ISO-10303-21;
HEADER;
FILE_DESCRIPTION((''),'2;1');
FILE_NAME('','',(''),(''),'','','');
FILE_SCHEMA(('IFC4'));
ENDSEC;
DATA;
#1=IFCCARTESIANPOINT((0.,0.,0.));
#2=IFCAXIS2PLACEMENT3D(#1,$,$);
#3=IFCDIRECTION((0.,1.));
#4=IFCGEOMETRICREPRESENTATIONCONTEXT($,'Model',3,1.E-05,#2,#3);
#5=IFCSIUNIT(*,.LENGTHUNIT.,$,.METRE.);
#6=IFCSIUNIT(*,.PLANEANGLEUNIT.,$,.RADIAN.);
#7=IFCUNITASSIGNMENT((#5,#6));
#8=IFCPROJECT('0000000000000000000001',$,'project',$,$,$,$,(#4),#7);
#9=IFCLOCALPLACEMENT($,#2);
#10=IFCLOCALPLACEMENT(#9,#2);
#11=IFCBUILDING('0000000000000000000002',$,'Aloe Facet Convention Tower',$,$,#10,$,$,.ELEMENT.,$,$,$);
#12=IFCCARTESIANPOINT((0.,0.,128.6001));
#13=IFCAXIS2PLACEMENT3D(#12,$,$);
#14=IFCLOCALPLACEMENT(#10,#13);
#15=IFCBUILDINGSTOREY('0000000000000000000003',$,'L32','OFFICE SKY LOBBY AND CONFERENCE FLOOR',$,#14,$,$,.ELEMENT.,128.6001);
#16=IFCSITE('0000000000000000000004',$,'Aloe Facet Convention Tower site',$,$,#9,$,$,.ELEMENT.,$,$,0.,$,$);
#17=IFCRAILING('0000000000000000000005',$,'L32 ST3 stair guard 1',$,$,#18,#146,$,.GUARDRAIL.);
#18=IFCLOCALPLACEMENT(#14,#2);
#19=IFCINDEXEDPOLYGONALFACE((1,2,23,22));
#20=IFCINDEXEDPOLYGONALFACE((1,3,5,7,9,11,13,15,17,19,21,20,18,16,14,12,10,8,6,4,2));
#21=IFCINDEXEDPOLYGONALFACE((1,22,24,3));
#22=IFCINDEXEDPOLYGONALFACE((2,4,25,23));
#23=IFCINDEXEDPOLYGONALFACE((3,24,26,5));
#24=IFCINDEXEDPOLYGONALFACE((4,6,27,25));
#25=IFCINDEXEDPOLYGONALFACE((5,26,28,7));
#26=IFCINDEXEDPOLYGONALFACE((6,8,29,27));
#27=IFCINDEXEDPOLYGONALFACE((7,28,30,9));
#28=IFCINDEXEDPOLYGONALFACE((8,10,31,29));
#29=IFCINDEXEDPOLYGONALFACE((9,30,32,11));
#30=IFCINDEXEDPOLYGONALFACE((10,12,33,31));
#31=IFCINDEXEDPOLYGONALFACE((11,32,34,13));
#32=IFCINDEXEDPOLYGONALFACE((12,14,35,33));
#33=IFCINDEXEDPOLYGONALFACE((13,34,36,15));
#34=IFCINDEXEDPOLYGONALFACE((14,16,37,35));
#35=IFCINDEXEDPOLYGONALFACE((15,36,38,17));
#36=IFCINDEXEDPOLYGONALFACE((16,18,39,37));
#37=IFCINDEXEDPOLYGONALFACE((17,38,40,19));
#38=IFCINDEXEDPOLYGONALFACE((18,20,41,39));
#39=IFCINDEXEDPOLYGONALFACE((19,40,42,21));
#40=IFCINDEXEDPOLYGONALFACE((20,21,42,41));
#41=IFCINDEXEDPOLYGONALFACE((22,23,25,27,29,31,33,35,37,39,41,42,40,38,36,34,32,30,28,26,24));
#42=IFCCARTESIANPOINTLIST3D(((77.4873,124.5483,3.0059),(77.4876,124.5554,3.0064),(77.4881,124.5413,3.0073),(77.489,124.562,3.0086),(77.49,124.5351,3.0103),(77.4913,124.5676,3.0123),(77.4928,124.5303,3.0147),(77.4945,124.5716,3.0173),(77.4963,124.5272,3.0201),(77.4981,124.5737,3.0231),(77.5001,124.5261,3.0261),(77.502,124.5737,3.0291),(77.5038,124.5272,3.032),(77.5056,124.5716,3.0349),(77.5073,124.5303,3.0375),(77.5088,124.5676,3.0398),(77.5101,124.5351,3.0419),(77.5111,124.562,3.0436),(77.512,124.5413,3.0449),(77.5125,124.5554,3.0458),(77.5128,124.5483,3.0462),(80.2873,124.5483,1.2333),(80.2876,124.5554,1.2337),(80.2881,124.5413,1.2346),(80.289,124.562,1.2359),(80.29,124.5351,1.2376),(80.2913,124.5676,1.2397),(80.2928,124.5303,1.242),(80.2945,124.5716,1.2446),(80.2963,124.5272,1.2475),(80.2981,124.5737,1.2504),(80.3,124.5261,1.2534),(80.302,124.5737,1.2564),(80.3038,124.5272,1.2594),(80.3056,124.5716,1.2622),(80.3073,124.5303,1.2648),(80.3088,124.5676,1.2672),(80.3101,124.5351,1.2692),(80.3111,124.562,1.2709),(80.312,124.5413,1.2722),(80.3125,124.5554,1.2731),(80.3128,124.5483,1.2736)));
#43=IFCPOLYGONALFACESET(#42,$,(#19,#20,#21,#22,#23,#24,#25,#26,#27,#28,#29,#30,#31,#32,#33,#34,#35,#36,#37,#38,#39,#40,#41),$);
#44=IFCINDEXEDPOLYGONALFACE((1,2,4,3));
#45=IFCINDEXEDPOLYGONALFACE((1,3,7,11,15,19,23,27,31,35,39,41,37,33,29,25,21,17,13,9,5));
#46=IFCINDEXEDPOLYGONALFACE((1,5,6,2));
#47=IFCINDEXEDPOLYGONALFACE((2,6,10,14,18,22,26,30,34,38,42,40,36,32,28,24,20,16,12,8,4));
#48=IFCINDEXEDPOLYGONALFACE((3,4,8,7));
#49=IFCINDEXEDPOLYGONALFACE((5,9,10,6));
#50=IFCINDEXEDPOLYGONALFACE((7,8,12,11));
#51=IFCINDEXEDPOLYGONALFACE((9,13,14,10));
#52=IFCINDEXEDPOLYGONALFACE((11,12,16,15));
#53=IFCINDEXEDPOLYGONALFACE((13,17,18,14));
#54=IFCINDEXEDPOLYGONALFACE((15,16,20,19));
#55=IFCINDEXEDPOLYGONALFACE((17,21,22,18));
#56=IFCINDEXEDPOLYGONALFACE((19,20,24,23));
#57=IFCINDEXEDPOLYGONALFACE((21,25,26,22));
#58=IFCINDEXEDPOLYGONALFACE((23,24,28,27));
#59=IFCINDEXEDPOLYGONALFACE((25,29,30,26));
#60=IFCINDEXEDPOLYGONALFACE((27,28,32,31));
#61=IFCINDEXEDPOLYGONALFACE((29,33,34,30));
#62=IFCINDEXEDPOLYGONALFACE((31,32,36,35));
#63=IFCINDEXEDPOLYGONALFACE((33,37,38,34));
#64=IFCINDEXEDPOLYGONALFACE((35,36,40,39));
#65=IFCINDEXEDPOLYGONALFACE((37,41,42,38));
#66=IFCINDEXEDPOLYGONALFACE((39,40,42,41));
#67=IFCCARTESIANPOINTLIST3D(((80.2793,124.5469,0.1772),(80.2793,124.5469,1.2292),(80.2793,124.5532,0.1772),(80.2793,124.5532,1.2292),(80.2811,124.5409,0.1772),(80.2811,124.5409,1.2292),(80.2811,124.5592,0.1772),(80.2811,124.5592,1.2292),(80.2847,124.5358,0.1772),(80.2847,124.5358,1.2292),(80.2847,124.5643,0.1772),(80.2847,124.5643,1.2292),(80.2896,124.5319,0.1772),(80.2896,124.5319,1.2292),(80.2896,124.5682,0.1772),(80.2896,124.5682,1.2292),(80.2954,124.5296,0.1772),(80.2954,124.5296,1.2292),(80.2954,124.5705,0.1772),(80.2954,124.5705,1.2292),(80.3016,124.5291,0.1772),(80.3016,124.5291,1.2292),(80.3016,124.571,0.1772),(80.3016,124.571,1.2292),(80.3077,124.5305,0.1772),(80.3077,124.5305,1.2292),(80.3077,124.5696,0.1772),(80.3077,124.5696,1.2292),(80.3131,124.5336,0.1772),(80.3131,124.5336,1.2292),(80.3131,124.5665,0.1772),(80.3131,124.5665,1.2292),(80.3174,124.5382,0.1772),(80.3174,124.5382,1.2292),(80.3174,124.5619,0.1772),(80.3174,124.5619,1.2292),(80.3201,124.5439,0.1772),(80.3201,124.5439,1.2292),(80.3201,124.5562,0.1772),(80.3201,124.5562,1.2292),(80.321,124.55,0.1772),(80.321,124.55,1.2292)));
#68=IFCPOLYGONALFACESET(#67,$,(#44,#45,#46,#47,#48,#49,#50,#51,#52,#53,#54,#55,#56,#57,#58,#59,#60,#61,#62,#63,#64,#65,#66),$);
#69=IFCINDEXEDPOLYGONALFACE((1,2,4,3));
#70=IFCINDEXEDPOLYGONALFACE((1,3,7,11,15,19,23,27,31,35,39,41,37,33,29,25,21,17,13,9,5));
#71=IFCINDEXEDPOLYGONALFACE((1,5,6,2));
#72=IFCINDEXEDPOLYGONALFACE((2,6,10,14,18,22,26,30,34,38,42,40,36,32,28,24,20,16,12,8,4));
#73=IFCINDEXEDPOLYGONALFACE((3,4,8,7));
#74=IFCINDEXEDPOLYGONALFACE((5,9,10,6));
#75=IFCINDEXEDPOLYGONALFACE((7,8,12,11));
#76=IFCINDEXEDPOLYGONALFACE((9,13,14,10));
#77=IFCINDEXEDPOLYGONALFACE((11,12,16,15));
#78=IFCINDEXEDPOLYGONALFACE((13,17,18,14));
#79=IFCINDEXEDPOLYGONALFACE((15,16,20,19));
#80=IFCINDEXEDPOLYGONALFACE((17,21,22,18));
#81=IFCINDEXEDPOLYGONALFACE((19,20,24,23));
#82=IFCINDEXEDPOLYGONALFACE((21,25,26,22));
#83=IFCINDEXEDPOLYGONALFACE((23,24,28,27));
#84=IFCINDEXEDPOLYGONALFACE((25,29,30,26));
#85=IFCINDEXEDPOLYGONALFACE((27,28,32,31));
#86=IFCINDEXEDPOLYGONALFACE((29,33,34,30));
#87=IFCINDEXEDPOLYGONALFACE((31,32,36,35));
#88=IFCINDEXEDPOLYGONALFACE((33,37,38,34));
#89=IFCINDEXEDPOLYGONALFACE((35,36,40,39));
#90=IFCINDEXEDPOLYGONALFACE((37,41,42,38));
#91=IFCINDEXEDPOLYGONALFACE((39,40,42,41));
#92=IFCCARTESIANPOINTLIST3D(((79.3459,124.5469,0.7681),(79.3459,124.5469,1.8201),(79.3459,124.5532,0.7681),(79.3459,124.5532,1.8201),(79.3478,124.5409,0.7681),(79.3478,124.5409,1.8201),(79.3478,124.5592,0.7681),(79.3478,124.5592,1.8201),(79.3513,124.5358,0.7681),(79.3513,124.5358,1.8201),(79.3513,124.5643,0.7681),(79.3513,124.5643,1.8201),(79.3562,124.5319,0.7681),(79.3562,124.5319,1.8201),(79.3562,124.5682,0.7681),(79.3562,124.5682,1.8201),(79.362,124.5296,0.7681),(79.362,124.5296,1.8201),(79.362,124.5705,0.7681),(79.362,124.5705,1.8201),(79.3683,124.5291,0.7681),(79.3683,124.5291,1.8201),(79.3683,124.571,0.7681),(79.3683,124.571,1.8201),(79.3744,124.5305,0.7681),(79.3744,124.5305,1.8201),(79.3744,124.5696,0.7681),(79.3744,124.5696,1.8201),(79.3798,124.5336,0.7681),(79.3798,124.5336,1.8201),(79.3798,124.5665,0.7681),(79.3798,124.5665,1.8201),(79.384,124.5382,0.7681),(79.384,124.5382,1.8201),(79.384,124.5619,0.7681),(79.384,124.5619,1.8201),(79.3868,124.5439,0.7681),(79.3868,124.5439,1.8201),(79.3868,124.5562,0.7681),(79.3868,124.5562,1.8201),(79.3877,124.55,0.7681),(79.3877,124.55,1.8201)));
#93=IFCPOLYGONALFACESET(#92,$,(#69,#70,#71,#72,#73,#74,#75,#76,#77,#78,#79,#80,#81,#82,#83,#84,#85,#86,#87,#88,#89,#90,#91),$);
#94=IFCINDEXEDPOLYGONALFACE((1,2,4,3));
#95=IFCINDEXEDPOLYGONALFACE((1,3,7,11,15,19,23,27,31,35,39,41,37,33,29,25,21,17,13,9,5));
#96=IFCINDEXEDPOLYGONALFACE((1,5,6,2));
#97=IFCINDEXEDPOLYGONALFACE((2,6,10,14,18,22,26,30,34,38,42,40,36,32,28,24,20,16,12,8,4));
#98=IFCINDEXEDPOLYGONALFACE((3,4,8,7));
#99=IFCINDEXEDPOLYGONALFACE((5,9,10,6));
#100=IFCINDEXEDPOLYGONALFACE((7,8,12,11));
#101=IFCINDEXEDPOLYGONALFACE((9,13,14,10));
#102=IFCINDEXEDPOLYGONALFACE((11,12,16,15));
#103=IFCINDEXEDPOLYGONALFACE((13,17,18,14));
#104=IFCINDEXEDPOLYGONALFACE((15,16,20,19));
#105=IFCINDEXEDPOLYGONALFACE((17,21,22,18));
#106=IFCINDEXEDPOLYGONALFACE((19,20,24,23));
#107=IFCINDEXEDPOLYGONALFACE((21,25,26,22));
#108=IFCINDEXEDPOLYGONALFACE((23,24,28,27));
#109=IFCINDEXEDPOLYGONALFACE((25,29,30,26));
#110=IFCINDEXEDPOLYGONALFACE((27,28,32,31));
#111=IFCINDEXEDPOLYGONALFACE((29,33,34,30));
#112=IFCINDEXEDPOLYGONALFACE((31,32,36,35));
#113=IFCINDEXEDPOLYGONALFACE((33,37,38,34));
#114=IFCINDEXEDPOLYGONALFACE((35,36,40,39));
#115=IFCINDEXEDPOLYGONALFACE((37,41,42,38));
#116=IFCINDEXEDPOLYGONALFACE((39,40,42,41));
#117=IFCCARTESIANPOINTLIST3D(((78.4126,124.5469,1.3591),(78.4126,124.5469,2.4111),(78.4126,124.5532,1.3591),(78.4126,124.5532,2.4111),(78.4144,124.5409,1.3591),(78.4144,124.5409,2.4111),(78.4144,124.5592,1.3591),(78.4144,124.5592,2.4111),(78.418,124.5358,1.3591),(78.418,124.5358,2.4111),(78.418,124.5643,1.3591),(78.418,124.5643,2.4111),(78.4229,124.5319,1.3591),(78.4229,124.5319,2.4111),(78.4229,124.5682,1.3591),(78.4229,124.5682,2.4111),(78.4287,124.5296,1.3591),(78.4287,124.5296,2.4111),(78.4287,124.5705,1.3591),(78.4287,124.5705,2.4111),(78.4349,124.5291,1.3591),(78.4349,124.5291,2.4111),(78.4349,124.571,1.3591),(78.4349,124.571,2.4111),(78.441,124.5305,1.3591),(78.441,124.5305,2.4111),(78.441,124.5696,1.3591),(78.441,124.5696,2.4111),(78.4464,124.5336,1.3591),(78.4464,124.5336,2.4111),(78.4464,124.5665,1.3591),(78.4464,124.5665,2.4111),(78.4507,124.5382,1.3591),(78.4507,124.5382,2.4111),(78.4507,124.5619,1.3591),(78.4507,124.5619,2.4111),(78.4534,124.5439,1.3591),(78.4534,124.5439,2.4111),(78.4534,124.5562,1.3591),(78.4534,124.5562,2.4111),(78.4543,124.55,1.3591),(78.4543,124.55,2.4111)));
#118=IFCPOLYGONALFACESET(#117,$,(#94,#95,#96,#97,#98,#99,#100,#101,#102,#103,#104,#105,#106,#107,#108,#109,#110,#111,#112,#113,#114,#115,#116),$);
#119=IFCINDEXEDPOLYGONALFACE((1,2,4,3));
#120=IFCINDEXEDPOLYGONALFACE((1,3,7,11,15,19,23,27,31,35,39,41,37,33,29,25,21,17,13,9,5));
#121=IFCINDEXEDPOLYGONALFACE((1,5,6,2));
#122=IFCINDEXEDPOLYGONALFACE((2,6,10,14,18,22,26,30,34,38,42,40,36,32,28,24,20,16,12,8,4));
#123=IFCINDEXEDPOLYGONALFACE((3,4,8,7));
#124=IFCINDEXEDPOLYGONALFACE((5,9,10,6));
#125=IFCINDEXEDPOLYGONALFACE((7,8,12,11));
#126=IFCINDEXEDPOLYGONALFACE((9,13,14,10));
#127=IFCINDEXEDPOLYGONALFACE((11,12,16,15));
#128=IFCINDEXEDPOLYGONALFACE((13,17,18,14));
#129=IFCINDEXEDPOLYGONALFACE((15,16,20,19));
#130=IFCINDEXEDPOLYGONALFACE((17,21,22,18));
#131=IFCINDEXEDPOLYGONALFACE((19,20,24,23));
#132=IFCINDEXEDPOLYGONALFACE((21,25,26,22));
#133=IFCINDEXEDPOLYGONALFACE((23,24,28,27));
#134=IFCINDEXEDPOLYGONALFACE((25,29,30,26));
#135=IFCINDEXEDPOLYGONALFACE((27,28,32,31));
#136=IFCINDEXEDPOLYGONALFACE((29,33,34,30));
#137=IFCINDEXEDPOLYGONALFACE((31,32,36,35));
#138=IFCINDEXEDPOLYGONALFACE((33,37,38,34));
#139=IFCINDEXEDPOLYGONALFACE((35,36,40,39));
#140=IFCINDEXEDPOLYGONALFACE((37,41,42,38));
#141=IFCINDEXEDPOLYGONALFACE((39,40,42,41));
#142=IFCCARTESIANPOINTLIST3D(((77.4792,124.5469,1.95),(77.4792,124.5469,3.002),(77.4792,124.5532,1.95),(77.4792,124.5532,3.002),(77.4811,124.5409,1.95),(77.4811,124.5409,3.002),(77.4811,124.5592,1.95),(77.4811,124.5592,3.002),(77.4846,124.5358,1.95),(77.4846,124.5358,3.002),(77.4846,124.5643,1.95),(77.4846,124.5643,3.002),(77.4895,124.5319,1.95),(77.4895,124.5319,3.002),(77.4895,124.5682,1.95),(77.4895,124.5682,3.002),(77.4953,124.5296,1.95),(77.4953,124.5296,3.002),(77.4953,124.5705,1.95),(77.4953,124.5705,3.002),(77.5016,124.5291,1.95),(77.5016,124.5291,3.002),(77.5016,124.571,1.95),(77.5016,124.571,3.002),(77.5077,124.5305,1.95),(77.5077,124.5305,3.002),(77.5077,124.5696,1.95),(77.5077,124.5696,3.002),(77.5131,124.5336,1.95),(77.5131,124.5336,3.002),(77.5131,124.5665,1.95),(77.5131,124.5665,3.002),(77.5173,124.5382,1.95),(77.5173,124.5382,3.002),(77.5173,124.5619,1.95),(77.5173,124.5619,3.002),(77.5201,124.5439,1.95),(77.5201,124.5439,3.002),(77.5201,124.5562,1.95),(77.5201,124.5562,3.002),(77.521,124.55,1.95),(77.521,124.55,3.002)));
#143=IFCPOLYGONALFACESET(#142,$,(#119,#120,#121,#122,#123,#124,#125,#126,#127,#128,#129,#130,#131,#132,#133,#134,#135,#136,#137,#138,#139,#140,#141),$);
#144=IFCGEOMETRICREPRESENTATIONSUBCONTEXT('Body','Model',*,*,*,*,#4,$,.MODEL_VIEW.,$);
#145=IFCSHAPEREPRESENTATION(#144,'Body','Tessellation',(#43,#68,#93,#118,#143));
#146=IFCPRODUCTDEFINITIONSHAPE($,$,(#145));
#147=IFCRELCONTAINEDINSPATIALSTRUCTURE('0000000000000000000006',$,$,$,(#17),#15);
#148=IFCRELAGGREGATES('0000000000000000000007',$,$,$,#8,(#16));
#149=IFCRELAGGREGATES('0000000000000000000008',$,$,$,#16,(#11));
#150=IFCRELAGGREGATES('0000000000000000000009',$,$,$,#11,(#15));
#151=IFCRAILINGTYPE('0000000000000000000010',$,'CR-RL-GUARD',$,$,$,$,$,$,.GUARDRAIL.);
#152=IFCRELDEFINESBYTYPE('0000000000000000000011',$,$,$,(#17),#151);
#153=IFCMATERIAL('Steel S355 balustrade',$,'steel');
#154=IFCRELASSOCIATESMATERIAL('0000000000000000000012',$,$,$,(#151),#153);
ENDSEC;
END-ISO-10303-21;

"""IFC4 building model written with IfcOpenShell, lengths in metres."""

from ifc_helpers import new_model, si_unit, direction, frame, origin, origin_2d, place, context, subcontext, project, spatial, circle, extrude, material, type_object, element, save


model = new_model("IFC4")

# Units and contexts
model_context = context("Model", 3, precision=1e-05, world=origin(), true_north=direction((0.0, 1.0)))
body_context = subcontext(model_context, "Body", "Model", "MODEL_VIEW")
ifc_project = project(units=[si_unit("LENGTHUNIT", "METRE"), si_unit("PLANEANGLEUNIT", "RADIAN")], contexts=[model_context])

# Site, building, storey
site_placement = place(None, origin())
site = spatial("IfcSite", under=ifc_project, at=site_placement, Name="Aloe Facet Convention Tower site", CompositionType="ELEMENT", RefElevation=0.0)
building_placement = place(site_placement, origin())
building = spatial("IfcBuilding", under=site, at=building_placement, Name="Aloe Facet Convention Tower", CompositionType="ELEMENT")
storey_placement = place(building_placement, frame((0.0, 0.0, 128.6001)))
storey = spatial("IfcBuildingStorey", under=building, at=storey_placement, Name="L32", Description="OFFICE SKY LOBBY AND CONFERENCE FLOOR", CompositionType="ELEMENT", Elevation=128.6001)

# Railing
ifc_material_1 = material(Name="Steel S355 balustrade", Category="steel")
railing_type_1 = type_object("IfcRailingType", Name="CR-RL-GUARD", PredefinedType="GUARDRAIL", material=ifc_material_1)
railing_1_placement = place(storey_placement, frame((80.3, 124.55, 0.1772)))
element("IfcRailing", 1, at=railing_1_placement, inside=storey, type_object=railing_type_1, Name="L32 ST3 stair guard 1", PredefinedType="GUARDRAIL", context=body_context, shape_type="SweptSolid", body=[
    extrude(circle(Radius=0.0239, at=origin_2d()), frame((0.0, 0.0, 1.0762), z_axis=(-0.844909, 0.0, 0.53491), x_axis=(0.0, -1.0, 0.0)), (0.0, 0.0, 1.0), 3.314),
    extrude(circle(Radius=0.021, at=origin_2d()), origin(), (0.0, 0.0, 1.0), 1.052),
    extrude(circle(Radius=0.021, at=origin_2d()), frame((-0.9333, 0.0, 0.5908)), (0.0, 0.0, 1.0), 1.052),
    extrude(circle(Radius=0.021, at=origin_2d()), frame((-1.8667, 0.0, 1.1819)), (0.0, 0.0, 1.0), 1.052),
    extrude(circle(Radius=0.021, at=origin_2d()), frame((-2.8, 0.0, 1.7727)), (0.0, 0.0, 1.0), 1.052),
])

save(model, "model.ifc")
